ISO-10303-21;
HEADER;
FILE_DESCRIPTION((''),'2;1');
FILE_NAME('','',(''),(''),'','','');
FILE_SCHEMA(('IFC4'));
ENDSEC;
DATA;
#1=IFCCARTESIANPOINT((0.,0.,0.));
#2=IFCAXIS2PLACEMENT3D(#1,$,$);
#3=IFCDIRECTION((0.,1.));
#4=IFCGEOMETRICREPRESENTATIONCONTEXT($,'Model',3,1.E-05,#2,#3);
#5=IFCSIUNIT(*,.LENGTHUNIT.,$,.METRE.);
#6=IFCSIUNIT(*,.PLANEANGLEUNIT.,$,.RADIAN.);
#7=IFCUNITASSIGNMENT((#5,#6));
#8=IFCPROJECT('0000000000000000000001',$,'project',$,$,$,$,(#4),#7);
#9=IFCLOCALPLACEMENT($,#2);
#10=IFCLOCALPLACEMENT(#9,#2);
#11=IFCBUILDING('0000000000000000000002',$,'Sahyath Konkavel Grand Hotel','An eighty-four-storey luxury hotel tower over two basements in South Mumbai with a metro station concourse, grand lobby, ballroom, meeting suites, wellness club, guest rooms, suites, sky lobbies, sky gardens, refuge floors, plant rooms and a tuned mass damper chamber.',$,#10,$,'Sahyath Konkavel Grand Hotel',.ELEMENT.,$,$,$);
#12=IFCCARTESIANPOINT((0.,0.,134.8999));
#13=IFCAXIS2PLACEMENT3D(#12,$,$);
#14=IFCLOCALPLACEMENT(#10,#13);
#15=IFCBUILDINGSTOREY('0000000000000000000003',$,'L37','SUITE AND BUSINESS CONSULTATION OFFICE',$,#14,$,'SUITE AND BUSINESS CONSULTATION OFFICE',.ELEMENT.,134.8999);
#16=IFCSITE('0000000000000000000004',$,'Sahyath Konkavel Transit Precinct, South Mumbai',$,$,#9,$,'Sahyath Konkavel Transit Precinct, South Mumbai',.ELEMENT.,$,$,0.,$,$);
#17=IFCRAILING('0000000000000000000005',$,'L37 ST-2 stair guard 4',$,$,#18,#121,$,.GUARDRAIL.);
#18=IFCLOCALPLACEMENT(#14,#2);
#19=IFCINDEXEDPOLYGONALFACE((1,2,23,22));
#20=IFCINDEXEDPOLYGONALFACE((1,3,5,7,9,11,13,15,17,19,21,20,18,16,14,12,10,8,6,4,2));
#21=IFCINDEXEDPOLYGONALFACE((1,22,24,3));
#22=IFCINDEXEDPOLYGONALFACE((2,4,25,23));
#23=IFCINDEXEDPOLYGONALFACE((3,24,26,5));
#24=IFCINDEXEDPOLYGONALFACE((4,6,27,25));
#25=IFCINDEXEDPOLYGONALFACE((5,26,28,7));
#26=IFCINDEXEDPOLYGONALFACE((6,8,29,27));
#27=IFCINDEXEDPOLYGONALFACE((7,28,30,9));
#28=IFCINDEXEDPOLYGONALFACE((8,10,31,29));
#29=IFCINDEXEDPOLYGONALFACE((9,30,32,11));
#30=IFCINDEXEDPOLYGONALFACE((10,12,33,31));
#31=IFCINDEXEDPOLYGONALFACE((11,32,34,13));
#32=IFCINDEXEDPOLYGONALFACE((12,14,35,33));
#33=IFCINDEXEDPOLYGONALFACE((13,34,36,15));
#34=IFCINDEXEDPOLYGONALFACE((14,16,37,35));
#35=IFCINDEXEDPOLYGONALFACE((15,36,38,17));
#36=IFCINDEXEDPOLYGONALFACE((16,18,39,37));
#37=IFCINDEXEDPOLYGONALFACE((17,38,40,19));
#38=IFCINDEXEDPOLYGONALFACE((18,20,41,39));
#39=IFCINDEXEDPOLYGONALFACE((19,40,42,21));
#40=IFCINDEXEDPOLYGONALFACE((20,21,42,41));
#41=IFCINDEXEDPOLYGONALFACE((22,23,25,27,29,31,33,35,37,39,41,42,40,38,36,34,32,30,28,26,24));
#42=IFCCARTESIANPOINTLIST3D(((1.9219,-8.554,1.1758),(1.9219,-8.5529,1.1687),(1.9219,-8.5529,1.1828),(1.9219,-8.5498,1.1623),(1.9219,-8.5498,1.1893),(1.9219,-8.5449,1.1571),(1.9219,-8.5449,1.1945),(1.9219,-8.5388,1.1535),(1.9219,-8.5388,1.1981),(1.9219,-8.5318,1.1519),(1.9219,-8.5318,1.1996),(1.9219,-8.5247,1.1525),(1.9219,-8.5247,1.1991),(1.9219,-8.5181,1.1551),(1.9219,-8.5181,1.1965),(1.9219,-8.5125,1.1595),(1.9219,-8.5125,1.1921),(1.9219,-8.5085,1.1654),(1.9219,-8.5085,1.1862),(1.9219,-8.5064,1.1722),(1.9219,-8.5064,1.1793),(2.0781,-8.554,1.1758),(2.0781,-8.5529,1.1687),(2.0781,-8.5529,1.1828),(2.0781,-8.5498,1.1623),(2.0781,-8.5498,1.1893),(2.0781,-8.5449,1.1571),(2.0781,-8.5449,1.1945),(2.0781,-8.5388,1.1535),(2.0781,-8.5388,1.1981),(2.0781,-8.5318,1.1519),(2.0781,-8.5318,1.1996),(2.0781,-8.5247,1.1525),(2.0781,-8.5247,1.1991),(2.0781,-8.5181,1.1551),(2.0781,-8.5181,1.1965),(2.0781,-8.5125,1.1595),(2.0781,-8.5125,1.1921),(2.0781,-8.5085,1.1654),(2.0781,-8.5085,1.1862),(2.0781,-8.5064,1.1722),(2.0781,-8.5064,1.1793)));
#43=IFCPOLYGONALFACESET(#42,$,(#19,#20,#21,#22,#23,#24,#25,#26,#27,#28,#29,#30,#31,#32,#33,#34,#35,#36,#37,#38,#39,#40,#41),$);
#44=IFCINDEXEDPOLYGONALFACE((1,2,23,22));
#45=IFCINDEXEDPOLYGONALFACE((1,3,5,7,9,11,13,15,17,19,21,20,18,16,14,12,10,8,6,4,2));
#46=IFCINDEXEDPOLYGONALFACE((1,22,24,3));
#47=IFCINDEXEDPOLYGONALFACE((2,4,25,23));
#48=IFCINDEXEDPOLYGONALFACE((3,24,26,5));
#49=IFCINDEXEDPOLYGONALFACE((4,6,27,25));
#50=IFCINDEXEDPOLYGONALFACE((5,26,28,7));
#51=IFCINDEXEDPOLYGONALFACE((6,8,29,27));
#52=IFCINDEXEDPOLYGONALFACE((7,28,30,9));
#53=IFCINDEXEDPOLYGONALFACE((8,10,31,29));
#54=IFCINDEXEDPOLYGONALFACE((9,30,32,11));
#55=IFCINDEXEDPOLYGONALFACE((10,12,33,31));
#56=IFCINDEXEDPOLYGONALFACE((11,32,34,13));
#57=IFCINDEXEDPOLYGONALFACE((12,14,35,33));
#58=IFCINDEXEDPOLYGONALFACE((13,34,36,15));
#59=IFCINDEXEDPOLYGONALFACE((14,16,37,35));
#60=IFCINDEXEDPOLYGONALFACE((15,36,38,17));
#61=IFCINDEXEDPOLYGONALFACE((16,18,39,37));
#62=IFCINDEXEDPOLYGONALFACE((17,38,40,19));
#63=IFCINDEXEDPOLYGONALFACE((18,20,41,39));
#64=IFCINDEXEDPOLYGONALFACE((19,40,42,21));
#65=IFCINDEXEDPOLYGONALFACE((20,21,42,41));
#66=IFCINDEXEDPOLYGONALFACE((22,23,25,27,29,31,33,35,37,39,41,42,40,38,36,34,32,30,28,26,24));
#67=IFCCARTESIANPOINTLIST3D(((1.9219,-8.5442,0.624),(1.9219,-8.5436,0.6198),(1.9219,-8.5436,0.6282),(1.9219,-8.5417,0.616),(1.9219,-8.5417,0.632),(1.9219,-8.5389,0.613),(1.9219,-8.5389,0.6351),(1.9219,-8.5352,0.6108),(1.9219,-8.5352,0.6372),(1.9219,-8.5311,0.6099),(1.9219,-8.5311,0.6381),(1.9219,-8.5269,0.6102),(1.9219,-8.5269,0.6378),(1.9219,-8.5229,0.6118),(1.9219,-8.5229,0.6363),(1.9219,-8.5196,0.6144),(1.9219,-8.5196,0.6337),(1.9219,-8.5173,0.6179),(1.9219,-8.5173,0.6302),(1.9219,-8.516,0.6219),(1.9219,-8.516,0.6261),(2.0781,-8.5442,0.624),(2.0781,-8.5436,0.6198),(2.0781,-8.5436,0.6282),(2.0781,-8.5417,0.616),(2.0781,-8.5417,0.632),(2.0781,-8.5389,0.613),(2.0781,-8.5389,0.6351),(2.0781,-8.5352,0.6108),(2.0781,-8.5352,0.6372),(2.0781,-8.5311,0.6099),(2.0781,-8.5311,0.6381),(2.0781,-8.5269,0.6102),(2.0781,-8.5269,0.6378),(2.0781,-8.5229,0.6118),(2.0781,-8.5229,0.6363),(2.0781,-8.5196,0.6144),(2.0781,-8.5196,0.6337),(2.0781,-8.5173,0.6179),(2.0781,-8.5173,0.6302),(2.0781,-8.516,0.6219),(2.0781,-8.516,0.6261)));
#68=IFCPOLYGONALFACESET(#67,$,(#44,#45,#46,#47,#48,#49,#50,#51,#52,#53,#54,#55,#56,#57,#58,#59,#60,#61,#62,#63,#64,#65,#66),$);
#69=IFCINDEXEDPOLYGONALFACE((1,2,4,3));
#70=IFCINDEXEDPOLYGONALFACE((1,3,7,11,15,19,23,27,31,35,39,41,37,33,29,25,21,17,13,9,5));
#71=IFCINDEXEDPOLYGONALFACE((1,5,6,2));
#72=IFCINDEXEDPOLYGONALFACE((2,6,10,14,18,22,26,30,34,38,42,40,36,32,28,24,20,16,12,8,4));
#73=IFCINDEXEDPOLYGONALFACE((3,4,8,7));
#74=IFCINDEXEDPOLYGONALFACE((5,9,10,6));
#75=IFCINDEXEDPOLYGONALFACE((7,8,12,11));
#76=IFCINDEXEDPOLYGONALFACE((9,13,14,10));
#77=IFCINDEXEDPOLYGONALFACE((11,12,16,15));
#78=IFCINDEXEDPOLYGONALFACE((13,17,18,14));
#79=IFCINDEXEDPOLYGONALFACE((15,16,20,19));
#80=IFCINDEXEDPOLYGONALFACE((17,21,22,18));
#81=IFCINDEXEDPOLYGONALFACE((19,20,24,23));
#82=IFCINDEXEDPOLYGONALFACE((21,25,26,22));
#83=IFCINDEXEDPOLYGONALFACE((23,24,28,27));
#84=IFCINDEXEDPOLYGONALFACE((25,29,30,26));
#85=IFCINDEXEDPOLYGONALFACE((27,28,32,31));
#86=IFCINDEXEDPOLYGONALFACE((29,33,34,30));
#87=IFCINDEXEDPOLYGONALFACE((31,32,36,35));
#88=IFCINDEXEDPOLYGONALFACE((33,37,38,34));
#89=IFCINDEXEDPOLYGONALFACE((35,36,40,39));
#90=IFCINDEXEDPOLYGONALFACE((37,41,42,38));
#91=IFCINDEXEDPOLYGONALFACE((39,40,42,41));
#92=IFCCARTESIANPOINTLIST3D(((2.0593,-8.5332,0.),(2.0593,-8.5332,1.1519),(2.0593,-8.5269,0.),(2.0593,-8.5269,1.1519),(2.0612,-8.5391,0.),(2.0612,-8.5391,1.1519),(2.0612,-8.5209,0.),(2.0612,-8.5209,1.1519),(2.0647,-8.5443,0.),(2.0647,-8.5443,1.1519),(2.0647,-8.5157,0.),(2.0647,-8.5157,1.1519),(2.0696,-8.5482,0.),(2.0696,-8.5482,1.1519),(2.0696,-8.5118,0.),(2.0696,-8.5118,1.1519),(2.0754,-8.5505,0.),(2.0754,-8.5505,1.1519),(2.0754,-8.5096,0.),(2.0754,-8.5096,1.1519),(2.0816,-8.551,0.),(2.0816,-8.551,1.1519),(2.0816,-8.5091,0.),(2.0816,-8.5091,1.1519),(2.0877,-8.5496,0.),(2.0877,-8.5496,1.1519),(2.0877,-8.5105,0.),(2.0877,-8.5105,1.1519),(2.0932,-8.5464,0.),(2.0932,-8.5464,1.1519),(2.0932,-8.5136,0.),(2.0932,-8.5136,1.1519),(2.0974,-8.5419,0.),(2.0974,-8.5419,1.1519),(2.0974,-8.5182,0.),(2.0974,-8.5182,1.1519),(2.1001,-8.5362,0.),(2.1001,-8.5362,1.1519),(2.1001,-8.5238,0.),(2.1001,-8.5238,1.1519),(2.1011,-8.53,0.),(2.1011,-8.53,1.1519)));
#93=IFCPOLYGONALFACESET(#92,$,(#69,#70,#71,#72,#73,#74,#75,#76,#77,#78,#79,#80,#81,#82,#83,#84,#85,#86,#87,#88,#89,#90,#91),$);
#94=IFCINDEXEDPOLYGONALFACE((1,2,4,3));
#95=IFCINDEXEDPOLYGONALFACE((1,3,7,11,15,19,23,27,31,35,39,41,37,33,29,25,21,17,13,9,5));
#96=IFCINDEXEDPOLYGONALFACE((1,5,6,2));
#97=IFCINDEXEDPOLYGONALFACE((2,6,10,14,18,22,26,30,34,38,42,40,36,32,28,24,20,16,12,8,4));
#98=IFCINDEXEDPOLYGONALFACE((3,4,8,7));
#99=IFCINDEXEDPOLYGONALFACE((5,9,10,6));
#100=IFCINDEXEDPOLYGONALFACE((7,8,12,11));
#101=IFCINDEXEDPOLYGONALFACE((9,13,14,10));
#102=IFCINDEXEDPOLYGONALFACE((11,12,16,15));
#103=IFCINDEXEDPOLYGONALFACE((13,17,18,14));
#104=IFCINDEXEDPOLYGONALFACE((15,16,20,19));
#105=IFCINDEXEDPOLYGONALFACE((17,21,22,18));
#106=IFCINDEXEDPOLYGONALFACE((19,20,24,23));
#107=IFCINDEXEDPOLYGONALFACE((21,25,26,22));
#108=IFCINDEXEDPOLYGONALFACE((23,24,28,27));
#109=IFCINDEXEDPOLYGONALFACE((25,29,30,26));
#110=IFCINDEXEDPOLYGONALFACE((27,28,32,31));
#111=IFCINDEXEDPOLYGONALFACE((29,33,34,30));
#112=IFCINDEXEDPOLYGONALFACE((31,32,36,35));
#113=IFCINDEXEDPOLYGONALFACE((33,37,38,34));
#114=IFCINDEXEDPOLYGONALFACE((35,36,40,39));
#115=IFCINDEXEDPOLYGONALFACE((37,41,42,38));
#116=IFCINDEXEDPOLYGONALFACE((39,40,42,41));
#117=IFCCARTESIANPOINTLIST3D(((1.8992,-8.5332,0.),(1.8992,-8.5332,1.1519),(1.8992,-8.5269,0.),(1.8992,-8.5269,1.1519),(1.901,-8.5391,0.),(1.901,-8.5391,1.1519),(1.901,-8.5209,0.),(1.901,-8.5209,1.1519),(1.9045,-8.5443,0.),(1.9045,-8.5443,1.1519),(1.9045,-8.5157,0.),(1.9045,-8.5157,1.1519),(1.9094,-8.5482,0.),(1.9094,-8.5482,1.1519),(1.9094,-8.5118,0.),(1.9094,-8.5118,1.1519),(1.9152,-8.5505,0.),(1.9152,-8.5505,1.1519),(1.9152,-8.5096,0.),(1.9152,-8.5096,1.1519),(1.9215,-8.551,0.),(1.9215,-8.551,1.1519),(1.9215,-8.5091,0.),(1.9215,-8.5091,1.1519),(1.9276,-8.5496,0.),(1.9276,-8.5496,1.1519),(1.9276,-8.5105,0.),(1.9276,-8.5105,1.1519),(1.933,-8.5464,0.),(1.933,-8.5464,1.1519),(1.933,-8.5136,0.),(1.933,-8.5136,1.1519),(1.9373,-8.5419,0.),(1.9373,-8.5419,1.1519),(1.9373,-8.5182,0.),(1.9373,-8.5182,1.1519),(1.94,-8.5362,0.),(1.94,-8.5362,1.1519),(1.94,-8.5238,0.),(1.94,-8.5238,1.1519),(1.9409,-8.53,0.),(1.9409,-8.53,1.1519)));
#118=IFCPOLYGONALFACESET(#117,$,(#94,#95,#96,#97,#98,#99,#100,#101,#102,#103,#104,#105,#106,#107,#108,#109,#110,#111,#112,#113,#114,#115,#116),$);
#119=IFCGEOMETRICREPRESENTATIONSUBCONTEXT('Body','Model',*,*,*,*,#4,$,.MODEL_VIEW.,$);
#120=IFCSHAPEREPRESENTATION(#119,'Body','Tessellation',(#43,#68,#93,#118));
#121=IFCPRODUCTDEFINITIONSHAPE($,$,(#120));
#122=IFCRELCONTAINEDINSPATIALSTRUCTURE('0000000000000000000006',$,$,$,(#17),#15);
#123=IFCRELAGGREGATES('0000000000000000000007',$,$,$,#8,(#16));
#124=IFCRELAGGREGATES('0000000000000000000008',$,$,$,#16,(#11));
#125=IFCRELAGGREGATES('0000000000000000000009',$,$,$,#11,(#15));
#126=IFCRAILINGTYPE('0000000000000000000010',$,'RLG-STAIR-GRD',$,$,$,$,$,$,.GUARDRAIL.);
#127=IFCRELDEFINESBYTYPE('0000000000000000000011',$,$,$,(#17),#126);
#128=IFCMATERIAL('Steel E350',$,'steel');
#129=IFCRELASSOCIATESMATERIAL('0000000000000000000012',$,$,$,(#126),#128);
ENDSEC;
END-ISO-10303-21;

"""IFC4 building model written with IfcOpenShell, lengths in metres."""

from ifc_helpers import new_model, si_unit, direction, frame, origin, origin_2d, place, context, subcontext, project, spatial, circle, extrude, material, type_object, element, save


model = new_model("IFC4")

# Units and contexts
model_context = context("Model", 3, precision=1e-05, world=origin(), true_north=direction((0.0, 1.0)))
body_context = subcontext(model_context, "Body", "Model", "MODEL_VIEW")
ifc_project = project(units=[si_unit("LENGTHUNIT", "METRE"), si_unit("PLANEANGLEUNIT", "RADIAN")], contexts=[model_context])

# Site, building, storey
site_placement = place(None, origin())
site = spatial("IfcSite", under=ifc_project, at=site_placement, Name="Sahyath Konkavel Transit Precinct, South Mumbai", LongName="Sahyath Konkavel Transit Precinct, South Mumbai", CompositionType="ELEMENT", RefElevation=0.0)
building_placement = place(site_placement, origin())
building = spatial("IfcBuilding", under=site, at=building_placement, Name="Sahyath Konkavel Grand Hotel", Description="An eighty-four-storey luxury hotel tower over two basements in South Mumbai with a metro station concourse, grand lobby, ballroom, meeting suites, wellness club, guest rooms, suites, sky lobbies, sky gardens, refuge floors, plant rooms and a tuned mass damper chamber.", LongName="Sahyath Konkavel Grand Hotel", CompositionType="ELEMENT")
storey_placement = place(building_placement, frame((0.0, 0.0, 134.8999)))
storey = spatial("IfcBuildingStorey", under=building, at=storey_placement, Name="L37", Description="SUITE AND BUSINESS CONSULTATION OFFICE", LongName="SUITE AND BUSINESS CONSULTATION OFFICE", CompositionType="ELEMENT", Elevation=134.8999)

# Shared definitions
ifc_material_1 = material(Name="Steel E350", Category="steel")

# Railing
railing_type_1 = type_object("IfcRailingType", Name="RLG-STAIR-GRD", PredefinedType="GUARDRAIL", material=ifc_material_1)
railing_1_placement = place(storey_placement, frame((2.0801, -8.53, 0.0)))
element("IfcRailing", 1, at=railing_1_placement, inside=storey, type_object=railing_type_1, Name="L37 ST-2 stair guard 4", PredefinedType="GUARDRAIL", context=body_context, shape_type="SweptSolid", body=[
    extrude(circle(Radius=0.0239, at=origin_2d()), frame((-0.002, 0.0, 1.1758), z_axis=(-1.0, 0.0, 0.0), x_axis=(0.0, -1.0, 0.0)), (0.0, 0.0, 1.0), 0.1562),
    extrude(circle(Radius=0.0142, at=origin_2d()), frame((-0.002, 0.0, 0.624), z_axis=(-1.0, 0.0, 0.0), x_axis=(0.0, -1.0, 0.0)), (0.0, 0.0, 1.0), 0.1562),
    extrude(circle(Radius=0.021, at=origin_2d()), origin(), (0.0, 0.0, 1.0), 1.1519),
    extrude(circle(Radius=0.021, at=origin_2d()), frame((-0.1602, 0.0, 0.0)), (0.0, 0.0, 1.0), 1.1519),
])

save(model, "model.ifc")
